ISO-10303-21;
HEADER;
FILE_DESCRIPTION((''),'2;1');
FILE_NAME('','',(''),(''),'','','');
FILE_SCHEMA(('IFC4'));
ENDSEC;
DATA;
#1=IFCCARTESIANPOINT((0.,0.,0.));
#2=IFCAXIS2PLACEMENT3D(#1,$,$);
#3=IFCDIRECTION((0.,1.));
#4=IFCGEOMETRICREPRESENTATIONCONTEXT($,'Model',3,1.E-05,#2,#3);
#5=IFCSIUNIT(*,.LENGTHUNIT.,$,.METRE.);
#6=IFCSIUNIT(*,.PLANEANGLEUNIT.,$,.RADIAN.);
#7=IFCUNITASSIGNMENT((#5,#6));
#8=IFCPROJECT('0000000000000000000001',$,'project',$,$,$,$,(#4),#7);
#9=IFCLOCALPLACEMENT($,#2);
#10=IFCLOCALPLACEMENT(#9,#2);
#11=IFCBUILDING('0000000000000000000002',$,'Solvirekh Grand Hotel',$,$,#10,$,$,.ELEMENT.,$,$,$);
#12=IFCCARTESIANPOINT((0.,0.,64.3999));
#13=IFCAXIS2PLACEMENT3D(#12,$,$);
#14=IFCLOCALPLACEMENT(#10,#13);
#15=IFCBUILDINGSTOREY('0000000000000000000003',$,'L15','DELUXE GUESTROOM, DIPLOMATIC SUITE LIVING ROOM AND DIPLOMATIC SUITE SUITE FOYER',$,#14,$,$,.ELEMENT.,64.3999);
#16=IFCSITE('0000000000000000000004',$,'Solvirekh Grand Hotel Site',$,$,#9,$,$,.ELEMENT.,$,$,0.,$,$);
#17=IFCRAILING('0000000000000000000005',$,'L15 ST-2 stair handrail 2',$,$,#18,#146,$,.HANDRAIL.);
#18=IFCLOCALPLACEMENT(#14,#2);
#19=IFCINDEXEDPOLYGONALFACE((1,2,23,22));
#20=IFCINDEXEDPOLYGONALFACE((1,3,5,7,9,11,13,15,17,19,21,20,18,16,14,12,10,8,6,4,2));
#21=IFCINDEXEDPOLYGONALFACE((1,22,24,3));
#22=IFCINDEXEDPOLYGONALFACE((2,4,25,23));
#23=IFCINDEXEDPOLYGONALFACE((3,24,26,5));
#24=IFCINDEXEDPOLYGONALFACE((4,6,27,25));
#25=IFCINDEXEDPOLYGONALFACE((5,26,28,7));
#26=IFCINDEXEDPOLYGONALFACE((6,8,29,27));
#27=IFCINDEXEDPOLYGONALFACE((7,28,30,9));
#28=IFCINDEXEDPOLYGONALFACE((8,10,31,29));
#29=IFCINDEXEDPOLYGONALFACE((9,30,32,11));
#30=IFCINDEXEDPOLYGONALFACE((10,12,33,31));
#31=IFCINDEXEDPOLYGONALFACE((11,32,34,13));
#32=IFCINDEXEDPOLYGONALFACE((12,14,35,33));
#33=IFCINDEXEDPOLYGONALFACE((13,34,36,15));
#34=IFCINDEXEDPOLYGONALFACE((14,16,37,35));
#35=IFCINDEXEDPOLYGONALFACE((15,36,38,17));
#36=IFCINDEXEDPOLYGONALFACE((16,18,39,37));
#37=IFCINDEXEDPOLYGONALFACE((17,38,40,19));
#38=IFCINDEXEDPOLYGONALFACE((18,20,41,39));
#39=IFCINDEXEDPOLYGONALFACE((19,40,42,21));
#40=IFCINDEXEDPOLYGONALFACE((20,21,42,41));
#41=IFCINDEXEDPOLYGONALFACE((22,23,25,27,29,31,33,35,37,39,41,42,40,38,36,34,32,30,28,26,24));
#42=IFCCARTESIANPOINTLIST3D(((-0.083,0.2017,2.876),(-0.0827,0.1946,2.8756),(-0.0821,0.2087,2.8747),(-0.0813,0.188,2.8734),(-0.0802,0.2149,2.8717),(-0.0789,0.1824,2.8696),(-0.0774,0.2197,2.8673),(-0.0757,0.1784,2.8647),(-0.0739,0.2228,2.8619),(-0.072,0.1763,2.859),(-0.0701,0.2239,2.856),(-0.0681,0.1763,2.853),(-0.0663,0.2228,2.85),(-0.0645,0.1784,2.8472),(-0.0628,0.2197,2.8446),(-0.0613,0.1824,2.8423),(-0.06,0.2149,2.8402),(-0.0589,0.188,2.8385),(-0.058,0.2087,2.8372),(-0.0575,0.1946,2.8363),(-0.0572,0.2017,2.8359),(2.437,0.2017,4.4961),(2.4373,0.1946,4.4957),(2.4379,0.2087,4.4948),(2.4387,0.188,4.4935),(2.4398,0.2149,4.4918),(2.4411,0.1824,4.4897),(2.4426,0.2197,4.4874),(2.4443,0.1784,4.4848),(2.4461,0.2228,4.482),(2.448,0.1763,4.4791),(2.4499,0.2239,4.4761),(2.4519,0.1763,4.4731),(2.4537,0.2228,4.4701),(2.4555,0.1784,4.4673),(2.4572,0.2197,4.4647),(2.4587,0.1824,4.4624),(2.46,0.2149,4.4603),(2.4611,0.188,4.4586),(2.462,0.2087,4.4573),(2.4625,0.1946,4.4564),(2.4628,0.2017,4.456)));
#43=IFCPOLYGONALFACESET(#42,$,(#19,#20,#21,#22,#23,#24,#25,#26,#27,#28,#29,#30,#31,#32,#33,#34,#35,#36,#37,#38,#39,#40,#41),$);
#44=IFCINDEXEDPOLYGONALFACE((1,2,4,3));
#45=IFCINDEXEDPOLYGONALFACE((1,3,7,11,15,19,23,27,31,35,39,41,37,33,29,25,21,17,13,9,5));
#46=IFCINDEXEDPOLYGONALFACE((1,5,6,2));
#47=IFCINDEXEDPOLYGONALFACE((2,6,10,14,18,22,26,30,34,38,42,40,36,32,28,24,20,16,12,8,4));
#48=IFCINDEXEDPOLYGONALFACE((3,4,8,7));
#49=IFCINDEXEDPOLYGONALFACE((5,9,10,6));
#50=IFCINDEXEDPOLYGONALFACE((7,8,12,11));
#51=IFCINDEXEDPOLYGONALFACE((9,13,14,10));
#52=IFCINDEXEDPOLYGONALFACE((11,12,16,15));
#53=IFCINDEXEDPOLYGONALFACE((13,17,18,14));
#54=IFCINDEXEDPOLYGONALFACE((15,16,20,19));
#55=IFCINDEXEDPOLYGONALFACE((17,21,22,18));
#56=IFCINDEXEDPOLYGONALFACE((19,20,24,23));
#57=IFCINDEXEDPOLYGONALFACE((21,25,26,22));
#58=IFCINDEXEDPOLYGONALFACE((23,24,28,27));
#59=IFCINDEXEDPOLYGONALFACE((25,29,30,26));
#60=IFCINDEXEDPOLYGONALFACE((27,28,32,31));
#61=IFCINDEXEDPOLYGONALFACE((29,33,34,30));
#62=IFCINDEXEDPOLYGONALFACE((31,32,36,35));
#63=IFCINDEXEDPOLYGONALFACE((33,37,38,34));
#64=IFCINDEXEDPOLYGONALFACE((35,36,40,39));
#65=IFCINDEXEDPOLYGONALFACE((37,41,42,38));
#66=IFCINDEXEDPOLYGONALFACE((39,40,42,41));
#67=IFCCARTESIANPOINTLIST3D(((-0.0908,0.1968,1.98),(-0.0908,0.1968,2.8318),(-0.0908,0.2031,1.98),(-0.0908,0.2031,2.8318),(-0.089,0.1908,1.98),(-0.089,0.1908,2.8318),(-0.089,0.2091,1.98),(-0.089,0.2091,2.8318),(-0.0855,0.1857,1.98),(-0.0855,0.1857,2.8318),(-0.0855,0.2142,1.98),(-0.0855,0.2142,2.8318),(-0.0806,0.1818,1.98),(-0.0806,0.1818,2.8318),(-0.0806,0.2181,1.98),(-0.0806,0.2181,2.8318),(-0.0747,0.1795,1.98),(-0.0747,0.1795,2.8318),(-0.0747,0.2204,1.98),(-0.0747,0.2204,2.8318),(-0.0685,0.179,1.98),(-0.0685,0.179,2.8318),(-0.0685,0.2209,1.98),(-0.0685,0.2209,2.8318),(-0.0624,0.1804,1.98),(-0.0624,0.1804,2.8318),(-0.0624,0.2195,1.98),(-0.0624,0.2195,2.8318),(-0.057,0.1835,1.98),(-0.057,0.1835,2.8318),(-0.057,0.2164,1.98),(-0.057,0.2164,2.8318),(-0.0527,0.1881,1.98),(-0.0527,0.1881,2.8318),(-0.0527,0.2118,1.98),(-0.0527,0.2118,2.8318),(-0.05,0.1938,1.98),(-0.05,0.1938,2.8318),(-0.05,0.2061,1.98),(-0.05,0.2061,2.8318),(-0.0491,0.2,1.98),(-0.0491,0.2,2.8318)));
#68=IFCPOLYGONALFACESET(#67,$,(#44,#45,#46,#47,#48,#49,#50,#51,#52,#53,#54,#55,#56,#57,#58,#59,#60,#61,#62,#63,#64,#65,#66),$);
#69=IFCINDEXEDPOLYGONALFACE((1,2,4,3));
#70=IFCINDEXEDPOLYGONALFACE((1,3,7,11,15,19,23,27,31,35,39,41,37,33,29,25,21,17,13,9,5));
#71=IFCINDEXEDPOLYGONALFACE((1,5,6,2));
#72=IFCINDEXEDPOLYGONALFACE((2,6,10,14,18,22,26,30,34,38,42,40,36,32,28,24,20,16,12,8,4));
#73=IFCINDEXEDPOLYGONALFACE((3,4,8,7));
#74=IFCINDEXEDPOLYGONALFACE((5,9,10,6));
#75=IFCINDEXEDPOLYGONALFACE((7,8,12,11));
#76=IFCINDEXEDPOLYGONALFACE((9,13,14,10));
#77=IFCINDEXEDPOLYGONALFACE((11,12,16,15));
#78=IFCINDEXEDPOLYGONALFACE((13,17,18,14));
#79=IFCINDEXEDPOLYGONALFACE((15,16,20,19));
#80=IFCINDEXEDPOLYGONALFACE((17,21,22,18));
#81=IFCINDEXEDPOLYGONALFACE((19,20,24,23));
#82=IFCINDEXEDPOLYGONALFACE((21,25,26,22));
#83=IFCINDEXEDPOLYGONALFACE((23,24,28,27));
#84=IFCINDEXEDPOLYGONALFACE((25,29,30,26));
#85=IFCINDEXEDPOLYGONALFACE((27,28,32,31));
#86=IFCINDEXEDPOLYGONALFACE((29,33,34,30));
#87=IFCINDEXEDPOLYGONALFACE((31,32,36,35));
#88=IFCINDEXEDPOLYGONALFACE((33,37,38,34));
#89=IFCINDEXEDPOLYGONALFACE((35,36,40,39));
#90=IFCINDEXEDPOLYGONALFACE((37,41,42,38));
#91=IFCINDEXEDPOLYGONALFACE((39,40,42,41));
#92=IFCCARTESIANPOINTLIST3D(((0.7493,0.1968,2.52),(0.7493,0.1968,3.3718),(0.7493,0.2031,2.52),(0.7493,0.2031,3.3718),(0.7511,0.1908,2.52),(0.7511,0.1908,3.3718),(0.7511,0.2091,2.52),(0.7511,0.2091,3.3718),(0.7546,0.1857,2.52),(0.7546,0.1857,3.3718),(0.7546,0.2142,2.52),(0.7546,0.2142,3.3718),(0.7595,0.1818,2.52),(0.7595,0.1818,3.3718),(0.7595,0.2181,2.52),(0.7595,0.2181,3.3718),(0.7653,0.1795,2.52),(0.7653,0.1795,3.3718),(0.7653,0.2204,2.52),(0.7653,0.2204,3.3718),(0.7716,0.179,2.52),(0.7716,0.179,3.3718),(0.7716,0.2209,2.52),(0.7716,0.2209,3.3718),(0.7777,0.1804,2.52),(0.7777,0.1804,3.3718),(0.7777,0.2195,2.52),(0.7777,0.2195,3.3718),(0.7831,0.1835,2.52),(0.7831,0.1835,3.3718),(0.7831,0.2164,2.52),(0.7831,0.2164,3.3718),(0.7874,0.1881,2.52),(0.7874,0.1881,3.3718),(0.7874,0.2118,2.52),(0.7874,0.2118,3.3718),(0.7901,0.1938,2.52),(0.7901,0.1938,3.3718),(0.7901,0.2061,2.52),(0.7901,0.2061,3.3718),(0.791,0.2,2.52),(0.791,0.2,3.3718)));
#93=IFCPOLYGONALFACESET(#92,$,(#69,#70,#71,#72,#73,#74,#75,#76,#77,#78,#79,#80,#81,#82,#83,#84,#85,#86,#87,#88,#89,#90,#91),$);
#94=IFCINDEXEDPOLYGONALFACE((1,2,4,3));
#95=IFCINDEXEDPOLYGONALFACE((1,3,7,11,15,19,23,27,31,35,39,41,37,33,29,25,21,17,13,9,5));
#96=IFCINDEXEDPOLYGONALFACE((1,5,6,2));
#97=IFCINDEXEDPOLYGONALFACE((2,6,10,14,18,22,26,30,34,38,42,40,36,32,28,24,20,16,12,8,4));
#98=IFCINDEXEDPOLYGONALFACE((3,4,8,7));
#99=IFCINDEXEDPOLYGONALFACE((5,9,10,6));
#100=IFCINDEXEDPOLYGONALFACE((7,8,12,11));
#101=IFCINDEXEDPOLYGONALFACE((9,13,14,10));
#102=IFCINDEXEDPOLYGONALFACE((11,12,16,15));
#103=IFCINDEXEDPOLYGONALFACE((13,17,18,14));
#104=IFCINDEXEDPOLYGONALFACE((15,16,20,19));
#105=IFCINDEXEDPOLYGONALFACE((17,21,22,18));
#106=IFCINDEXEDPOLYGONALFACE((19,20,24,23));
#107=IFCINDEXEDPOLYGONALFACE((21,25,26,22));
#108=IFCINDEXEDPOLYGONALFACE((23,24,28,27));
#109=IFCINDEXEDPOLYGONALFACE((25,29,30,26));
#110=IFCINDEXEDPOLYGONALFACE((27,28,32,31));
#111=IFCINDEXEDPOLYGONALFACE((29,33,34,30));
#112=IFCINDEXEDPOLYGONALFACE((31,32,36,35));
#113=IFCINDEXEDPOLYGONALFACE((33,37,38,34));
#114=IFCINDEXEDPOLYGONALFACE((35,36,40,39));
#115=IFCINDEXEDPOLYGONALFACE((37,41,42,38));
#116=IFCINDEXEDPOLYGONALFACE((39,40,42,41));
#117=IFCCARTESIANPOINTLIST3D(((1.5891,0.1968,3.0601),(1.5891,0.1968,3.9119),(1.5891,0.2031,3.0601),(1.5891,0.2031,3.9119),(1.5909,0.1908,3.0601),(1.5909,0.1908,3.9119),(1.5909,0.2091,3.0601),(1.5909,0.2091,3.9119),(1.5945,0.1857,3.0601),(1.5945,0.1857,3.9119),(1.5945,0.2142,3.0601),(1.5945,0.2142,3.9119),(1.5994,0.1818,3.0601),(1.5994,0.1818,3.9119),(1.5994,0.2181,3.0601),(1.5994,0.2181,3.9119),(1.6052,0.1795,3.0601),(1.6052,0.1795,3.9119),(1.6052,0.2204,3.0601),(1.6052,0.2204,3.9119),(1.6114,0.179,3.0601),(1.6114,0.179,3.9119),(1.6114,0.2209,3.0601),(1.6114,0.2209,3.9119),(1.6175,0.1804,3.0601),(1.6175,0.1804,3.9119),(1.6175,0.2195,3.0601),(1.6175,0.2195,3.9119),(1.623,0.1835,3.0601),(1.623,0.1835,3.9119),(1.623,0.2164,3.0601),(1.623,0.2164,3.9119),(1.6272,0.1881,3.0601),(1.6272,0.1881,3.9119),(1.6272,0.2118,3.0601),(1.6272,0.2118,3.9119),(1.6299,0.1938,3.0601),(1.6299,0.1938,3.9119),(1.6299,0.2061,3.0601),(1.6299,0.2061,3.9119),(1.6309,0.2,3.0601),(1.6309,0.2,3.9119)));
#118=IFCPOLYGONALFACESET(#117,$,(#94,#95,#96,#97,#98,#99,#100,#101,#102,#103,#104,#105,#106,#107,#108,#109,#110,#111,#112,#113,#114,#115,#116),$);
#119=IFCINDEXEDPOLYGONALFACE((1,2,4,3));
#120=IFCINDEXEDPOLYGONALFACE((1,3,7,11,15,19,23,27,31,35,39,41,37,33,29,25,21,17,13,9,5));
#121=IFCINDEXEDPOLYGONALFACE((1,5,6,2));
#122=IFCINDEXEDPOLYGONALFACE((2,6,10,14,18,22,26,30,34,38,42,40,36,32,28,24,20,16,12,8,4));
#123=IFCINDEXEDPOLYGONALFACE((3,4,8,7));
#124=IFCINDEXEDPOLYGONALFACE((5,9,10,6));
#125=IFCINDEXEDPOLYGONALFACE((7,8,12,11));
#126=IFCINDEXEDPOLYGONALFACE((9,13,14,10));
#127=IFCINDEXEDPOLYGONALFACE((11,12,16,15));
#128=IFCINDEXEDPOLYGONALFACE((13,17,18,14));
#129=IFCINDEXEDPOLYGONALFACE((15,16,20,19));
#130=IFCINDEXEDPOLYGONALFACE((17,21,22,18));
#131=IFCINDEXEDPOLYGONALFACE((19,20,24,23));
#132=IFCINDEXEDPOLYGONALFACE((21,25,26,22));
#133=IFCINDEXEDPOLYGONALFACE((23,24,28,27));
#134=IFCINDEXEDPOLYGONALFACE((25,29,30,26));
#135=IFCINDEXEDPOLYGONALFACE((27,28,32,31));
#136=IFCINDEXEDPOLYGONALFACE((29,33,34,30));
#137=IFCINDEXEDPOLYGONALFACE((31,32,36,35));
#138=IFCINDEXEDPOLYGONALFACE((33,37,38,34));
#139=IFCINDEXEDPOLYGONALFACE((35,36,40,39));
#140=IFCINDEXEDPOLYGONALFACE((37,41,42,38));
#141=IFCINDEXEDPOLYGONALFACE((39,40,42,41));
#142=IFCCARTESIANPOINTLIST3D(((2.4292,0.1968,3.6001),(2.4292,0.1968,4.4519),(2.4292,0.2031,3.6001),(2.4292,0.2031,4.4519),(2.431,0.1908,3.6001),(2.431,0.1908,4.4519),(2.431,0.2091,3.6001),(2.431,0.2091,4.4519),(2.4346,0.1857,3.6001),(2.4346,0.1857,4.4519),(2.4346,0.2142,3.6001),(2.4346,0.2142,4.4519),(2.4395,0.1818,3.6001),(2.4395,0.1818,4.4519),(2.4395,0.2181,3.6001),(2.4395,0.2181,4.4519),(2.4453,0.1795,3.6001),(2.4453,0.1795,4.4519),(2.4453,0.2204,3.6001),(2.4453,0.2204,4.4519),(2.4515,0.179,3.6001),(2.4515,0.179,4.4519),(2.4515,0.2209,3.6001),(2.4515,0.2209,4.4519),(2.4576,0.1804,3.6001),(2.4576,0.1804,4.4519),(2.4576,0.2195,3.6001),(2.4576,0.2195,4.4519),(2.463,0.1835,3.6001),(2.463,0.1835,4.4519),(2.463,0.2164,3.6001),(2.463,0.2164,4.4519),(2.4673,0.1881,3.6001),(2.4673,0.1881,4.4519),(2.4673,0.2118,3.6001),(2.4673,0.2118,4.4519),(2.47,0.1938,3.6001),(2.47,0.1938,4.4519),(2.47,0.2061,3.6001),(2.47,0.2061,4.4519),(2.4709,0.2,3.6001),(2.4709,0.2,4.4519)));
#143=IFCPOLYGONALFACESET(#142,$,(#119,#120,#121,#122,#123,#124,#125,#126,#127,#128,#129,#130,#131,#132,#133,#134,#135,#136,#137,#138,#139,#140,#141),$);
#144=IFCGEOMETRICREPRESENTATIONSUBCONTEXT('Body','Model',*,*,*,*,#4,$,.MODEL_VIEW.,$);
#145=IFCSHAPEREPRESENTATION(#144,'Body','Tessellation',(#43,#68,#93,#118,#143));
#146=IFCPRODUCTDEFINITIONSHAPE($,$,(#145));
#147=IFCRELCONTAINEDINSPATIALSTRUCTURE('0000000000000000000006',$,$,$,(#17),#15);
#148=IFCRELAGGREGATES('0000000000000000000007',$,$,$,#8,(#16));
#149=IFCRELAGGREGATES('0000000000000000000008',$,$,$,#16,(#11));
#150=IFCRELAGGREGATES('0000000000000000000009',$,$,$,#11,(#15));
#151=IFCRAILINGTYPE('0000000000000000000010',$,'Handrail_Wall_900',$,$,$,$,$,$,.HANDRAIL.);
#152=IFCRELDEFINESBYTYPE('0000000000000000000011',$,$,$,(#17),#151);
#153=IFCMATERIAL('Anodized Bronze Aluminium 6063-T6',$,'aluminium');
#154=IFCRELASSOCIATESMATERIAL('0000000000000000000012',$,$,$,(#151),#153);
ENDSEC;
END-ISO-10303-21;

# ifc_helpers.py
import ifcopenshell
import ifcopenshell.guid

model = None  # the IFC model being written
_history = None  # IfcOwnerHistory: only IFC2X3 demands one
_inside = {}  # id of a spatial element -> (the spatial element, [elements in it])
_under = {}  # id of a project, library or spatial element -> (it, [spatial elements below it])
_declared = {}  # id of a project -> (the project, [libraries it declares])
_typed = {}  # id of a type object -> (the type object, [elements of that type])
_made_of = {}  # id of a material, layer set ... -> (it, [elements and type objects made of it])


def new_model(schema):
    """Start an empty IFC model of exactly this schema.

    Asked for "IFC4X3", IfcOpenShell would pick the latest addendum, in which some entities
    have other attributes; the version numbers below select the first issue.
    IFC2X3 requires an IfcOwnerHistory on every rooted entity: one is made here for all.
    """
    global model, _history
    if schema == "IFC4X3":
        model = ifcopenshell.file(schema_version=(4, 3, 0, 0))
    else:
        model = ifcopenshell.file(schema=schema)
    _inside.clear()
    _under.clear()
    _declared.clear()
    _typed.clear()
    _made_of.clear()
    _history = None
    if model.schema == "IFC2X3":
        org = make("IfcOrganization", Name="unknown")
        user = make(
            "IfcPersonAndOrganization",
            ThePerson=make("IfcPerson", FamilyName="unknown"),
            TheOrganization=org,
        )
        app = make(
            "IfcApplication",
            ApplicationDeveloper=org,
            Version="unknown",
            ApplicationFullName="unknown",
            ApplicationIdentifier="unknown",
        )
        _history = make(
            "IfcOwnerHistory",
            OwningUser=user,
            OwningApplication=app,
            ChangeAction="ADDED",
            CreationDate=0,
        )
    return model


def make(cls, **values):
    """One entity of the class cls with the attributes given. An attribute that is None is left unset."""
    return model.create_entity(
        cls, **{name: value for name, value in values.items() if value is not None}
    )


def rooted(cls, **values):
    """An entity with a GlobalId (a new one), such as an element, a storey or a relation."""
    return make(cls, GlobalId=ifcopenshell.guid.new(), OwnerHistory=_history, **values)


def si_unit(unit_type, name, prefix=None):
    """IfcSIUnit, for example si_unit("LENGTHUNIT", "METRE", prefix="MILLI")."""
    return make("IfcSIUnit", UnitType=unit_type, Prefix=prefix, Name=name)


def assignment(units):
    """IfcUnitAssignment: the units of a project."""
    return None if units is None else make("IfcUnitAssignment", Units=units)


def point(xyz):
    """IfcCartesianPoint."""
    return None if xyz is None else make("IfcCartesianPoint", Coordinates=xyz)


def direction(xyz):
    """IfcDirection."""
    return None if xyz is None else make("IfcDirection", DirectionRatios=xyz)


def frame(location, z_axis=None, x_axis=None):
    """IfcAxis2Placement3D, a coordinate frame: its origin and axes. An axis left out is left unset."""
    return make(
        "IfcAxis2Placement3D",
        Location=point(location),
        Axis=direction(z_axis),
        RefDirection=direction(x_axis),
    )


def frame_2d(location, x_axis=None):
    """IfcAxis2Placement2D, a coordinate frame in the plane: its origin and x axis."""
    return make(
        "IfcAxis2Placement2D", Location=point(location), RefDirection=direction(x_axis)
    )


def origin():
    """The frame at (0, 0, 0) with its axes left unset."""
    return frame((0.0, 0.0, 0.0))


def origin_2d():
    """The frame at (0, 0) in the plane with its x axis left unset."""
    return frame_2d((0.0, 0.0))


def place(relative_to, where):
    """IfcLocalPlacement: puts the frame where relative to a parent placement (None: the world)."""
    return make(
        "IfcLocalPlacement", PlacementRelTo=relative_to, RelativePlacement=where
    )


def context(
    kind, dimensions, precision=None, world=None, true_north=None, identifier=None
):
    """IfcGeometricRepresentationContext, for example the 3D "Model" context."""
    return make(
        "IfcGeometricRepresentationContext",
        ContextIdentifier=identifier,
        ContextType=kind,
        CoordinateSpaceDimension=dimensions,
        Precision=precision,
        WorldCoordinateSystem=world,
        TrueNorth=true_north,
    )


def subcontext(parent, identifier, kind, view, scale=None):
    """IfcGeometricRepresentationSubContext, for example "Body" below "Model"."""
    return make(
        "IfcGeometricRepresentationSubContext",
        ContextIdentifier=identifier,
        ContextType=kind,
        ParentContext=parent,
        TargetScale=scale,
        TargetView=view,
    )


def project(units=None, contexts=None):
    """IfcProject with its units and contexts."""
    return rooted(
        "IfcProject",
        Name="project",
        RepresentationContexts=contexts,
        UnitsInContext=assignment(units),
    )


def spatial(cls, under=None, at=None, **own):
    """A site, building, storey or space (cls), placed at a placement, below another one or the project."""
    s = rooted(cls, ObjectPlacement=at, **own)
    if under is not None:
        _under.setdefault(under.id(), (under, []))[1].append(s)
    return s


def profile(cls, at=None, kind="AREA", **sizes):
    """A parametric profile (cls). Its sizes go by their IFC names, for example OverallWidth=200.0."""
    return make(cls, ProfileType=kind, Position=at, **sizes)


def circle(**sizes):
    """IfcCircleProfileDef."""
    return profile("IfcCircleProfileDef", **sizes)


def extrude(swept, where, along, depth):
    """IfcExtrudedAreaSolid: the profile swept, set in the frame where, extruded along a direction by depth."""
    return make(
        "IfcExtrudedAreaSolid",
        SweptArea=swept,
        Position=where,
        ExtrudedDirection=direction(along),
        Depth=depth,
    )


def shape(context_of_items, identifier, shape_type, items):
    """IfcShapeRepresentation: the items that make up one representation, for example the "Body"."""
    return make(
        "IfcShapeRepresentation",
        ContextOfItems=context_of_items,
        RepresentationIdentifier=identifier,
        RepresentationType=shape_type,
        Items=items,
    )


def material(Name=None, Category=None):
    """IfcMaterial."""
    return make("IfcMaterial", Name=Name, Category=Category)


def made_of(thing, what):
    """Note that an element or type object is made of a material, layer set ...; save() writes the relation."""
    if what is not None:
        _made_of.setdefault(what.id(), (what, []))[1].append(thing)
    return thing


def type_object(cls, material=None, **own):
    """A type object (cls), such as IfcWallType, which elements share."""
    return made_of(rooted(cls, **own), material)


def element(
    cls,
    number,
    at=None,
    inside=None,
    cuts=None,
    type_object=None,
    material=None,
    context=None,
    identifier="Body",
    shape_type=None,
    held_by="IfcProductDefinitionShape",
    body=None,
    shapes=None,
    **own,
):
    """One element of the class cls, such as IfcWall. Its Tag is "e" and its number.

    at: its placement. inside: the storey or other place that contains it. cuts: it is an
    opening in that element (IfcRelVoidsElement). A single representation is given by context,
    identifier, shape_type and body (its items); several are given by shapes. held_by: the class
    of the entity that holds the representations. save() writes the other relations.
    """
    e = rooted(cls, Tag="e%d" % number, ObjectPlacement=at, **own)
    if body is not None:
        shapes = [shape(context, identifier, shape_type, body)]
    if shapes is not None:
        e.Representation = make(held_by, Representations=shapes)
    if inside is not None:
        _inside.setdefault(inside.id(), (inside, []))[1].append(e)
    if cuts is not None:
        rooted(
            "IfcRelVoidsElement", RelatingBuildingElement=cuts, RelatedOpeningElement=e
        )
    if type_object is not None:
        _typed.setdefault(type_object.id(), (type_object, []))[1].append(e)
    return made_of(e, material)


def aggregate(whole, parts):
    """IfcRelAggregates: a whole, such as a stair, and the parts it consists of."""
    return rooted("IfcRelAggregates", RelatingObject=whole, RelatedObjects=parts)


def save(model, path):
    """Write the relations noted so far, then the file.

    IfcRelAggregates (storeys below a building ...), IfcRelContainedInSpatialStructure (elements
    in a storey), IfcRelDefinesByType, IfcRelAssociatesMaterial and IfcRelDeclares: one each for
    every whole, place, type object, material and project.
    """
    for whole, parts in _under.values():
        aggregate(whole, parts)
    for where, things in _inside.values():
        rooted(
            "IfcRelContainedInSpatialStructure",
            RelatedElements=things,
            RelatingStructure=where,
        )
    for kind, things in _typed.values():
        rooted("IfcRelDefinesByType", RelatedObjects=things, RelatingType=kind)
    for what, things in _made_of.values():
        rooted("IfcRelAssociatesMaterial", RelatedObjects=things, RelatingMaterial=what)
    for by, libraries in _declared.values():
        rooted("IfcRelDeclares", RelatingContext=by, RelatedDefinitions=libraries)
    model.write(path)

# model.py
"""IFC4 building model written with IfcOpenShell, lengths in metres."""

from ifc_helpers import new_model, si_unit, direction, frame, origin, origin_2d, place, context, subcontext, project, spatial, circle, extrude, material, type_object, element, save


model = new_model("IFC4")

# Units and contexts
model_context = context("Model", 3, precision=1e-05, world=origin(), true_north=direction((0.0, 1.0)))
body_context = subcontext(model_context, "Body", "Model", "MODEL_VIEW")
ifc_project = project(units=[si_unit("LENGTHUNIT", "METRE"), si_unit("PLANEANGLEUNIT", "RADIAN")], contexts=[model_context])

# Site, building, storey
site_placement = place(None, origin())
site = spatial("IfcSite", under=ifc_project, at=site_placement, Name="Solvirekh Grand Hotel Site", CompositionType="ELEMENT", RefElevation=0.0)
building_placement = place(site_placement, origin())
building = spatial("IfcBuilding", under=site, at=building_placement, Name="Solvirekh Grand Hotel", CompositionType="ELEMENT")
storey_placement = place(building_placement, frame((0.0, 0.0, 64.3999)))
storey = spatial("IfcBuildingStorey", under=building, at=storey_placement, Name="L15", Description="DELUXE GUESTROOM, DIPLOMATIC SUITE LIVING ROOM AND DIPLOMATIC SUITE SUITE FOYER", CompositionType="ELEMENT", Elevation=64.3999)

# Railing
ifc_material_1 = material(Name="Anodized Bronze Aluminium 6063-T6", Category="aluminium")
railing_type_1 = type_object("IfcRailingType", Name="Handrail_Wall_900", PredefinedType="HANDRAIL", material=ifc_material_1)
railing_1_placement = place(storey_placement, frame((-0.0701, 0.2, 1.98)))
element("IfcRailing", 1, at=railing_1_placement, inside=storey, type_object=railing_type_1, Name="L15 ST-2 stair handrail 2", PredefinedType="HANDRAIL", context=body_context, shape_type="SweptSolid", body=[
    extrude(circle(Radius=0.0239, at=origin_2d()), frame((0.0, 0.0, 0.876), z_axis=(0.841163, 0.0, 0.540782), x_axis=(0.0, 1.0, 0.0)), (0.0, 0.0, 1.0), 2.9958),
    extrude(circle(Radius=0.021, at=origin_2d()), origin(), (0.0, 0.0, 1.0), 0.8518),
    extrude(circle(Radius=0.021, at=origin_2d()), frame((0.8401, 0.0, 0.54)), (0.0, 0.0, 1.0), 0.8518),
    extrude(circle(Radius=0.021, at=origin_2d()), frame((1.6799, 0.0, 1.0801)), (0.0, 0.0, 1.0), 0.8518),
    extrude(circle(Radius=0.021, at=origin_2d()), frame((2.52, 0.0, 1.6201)), (0.0, 0.0, 1.0), 0.8518),
])

save(model, "model.ifc")
